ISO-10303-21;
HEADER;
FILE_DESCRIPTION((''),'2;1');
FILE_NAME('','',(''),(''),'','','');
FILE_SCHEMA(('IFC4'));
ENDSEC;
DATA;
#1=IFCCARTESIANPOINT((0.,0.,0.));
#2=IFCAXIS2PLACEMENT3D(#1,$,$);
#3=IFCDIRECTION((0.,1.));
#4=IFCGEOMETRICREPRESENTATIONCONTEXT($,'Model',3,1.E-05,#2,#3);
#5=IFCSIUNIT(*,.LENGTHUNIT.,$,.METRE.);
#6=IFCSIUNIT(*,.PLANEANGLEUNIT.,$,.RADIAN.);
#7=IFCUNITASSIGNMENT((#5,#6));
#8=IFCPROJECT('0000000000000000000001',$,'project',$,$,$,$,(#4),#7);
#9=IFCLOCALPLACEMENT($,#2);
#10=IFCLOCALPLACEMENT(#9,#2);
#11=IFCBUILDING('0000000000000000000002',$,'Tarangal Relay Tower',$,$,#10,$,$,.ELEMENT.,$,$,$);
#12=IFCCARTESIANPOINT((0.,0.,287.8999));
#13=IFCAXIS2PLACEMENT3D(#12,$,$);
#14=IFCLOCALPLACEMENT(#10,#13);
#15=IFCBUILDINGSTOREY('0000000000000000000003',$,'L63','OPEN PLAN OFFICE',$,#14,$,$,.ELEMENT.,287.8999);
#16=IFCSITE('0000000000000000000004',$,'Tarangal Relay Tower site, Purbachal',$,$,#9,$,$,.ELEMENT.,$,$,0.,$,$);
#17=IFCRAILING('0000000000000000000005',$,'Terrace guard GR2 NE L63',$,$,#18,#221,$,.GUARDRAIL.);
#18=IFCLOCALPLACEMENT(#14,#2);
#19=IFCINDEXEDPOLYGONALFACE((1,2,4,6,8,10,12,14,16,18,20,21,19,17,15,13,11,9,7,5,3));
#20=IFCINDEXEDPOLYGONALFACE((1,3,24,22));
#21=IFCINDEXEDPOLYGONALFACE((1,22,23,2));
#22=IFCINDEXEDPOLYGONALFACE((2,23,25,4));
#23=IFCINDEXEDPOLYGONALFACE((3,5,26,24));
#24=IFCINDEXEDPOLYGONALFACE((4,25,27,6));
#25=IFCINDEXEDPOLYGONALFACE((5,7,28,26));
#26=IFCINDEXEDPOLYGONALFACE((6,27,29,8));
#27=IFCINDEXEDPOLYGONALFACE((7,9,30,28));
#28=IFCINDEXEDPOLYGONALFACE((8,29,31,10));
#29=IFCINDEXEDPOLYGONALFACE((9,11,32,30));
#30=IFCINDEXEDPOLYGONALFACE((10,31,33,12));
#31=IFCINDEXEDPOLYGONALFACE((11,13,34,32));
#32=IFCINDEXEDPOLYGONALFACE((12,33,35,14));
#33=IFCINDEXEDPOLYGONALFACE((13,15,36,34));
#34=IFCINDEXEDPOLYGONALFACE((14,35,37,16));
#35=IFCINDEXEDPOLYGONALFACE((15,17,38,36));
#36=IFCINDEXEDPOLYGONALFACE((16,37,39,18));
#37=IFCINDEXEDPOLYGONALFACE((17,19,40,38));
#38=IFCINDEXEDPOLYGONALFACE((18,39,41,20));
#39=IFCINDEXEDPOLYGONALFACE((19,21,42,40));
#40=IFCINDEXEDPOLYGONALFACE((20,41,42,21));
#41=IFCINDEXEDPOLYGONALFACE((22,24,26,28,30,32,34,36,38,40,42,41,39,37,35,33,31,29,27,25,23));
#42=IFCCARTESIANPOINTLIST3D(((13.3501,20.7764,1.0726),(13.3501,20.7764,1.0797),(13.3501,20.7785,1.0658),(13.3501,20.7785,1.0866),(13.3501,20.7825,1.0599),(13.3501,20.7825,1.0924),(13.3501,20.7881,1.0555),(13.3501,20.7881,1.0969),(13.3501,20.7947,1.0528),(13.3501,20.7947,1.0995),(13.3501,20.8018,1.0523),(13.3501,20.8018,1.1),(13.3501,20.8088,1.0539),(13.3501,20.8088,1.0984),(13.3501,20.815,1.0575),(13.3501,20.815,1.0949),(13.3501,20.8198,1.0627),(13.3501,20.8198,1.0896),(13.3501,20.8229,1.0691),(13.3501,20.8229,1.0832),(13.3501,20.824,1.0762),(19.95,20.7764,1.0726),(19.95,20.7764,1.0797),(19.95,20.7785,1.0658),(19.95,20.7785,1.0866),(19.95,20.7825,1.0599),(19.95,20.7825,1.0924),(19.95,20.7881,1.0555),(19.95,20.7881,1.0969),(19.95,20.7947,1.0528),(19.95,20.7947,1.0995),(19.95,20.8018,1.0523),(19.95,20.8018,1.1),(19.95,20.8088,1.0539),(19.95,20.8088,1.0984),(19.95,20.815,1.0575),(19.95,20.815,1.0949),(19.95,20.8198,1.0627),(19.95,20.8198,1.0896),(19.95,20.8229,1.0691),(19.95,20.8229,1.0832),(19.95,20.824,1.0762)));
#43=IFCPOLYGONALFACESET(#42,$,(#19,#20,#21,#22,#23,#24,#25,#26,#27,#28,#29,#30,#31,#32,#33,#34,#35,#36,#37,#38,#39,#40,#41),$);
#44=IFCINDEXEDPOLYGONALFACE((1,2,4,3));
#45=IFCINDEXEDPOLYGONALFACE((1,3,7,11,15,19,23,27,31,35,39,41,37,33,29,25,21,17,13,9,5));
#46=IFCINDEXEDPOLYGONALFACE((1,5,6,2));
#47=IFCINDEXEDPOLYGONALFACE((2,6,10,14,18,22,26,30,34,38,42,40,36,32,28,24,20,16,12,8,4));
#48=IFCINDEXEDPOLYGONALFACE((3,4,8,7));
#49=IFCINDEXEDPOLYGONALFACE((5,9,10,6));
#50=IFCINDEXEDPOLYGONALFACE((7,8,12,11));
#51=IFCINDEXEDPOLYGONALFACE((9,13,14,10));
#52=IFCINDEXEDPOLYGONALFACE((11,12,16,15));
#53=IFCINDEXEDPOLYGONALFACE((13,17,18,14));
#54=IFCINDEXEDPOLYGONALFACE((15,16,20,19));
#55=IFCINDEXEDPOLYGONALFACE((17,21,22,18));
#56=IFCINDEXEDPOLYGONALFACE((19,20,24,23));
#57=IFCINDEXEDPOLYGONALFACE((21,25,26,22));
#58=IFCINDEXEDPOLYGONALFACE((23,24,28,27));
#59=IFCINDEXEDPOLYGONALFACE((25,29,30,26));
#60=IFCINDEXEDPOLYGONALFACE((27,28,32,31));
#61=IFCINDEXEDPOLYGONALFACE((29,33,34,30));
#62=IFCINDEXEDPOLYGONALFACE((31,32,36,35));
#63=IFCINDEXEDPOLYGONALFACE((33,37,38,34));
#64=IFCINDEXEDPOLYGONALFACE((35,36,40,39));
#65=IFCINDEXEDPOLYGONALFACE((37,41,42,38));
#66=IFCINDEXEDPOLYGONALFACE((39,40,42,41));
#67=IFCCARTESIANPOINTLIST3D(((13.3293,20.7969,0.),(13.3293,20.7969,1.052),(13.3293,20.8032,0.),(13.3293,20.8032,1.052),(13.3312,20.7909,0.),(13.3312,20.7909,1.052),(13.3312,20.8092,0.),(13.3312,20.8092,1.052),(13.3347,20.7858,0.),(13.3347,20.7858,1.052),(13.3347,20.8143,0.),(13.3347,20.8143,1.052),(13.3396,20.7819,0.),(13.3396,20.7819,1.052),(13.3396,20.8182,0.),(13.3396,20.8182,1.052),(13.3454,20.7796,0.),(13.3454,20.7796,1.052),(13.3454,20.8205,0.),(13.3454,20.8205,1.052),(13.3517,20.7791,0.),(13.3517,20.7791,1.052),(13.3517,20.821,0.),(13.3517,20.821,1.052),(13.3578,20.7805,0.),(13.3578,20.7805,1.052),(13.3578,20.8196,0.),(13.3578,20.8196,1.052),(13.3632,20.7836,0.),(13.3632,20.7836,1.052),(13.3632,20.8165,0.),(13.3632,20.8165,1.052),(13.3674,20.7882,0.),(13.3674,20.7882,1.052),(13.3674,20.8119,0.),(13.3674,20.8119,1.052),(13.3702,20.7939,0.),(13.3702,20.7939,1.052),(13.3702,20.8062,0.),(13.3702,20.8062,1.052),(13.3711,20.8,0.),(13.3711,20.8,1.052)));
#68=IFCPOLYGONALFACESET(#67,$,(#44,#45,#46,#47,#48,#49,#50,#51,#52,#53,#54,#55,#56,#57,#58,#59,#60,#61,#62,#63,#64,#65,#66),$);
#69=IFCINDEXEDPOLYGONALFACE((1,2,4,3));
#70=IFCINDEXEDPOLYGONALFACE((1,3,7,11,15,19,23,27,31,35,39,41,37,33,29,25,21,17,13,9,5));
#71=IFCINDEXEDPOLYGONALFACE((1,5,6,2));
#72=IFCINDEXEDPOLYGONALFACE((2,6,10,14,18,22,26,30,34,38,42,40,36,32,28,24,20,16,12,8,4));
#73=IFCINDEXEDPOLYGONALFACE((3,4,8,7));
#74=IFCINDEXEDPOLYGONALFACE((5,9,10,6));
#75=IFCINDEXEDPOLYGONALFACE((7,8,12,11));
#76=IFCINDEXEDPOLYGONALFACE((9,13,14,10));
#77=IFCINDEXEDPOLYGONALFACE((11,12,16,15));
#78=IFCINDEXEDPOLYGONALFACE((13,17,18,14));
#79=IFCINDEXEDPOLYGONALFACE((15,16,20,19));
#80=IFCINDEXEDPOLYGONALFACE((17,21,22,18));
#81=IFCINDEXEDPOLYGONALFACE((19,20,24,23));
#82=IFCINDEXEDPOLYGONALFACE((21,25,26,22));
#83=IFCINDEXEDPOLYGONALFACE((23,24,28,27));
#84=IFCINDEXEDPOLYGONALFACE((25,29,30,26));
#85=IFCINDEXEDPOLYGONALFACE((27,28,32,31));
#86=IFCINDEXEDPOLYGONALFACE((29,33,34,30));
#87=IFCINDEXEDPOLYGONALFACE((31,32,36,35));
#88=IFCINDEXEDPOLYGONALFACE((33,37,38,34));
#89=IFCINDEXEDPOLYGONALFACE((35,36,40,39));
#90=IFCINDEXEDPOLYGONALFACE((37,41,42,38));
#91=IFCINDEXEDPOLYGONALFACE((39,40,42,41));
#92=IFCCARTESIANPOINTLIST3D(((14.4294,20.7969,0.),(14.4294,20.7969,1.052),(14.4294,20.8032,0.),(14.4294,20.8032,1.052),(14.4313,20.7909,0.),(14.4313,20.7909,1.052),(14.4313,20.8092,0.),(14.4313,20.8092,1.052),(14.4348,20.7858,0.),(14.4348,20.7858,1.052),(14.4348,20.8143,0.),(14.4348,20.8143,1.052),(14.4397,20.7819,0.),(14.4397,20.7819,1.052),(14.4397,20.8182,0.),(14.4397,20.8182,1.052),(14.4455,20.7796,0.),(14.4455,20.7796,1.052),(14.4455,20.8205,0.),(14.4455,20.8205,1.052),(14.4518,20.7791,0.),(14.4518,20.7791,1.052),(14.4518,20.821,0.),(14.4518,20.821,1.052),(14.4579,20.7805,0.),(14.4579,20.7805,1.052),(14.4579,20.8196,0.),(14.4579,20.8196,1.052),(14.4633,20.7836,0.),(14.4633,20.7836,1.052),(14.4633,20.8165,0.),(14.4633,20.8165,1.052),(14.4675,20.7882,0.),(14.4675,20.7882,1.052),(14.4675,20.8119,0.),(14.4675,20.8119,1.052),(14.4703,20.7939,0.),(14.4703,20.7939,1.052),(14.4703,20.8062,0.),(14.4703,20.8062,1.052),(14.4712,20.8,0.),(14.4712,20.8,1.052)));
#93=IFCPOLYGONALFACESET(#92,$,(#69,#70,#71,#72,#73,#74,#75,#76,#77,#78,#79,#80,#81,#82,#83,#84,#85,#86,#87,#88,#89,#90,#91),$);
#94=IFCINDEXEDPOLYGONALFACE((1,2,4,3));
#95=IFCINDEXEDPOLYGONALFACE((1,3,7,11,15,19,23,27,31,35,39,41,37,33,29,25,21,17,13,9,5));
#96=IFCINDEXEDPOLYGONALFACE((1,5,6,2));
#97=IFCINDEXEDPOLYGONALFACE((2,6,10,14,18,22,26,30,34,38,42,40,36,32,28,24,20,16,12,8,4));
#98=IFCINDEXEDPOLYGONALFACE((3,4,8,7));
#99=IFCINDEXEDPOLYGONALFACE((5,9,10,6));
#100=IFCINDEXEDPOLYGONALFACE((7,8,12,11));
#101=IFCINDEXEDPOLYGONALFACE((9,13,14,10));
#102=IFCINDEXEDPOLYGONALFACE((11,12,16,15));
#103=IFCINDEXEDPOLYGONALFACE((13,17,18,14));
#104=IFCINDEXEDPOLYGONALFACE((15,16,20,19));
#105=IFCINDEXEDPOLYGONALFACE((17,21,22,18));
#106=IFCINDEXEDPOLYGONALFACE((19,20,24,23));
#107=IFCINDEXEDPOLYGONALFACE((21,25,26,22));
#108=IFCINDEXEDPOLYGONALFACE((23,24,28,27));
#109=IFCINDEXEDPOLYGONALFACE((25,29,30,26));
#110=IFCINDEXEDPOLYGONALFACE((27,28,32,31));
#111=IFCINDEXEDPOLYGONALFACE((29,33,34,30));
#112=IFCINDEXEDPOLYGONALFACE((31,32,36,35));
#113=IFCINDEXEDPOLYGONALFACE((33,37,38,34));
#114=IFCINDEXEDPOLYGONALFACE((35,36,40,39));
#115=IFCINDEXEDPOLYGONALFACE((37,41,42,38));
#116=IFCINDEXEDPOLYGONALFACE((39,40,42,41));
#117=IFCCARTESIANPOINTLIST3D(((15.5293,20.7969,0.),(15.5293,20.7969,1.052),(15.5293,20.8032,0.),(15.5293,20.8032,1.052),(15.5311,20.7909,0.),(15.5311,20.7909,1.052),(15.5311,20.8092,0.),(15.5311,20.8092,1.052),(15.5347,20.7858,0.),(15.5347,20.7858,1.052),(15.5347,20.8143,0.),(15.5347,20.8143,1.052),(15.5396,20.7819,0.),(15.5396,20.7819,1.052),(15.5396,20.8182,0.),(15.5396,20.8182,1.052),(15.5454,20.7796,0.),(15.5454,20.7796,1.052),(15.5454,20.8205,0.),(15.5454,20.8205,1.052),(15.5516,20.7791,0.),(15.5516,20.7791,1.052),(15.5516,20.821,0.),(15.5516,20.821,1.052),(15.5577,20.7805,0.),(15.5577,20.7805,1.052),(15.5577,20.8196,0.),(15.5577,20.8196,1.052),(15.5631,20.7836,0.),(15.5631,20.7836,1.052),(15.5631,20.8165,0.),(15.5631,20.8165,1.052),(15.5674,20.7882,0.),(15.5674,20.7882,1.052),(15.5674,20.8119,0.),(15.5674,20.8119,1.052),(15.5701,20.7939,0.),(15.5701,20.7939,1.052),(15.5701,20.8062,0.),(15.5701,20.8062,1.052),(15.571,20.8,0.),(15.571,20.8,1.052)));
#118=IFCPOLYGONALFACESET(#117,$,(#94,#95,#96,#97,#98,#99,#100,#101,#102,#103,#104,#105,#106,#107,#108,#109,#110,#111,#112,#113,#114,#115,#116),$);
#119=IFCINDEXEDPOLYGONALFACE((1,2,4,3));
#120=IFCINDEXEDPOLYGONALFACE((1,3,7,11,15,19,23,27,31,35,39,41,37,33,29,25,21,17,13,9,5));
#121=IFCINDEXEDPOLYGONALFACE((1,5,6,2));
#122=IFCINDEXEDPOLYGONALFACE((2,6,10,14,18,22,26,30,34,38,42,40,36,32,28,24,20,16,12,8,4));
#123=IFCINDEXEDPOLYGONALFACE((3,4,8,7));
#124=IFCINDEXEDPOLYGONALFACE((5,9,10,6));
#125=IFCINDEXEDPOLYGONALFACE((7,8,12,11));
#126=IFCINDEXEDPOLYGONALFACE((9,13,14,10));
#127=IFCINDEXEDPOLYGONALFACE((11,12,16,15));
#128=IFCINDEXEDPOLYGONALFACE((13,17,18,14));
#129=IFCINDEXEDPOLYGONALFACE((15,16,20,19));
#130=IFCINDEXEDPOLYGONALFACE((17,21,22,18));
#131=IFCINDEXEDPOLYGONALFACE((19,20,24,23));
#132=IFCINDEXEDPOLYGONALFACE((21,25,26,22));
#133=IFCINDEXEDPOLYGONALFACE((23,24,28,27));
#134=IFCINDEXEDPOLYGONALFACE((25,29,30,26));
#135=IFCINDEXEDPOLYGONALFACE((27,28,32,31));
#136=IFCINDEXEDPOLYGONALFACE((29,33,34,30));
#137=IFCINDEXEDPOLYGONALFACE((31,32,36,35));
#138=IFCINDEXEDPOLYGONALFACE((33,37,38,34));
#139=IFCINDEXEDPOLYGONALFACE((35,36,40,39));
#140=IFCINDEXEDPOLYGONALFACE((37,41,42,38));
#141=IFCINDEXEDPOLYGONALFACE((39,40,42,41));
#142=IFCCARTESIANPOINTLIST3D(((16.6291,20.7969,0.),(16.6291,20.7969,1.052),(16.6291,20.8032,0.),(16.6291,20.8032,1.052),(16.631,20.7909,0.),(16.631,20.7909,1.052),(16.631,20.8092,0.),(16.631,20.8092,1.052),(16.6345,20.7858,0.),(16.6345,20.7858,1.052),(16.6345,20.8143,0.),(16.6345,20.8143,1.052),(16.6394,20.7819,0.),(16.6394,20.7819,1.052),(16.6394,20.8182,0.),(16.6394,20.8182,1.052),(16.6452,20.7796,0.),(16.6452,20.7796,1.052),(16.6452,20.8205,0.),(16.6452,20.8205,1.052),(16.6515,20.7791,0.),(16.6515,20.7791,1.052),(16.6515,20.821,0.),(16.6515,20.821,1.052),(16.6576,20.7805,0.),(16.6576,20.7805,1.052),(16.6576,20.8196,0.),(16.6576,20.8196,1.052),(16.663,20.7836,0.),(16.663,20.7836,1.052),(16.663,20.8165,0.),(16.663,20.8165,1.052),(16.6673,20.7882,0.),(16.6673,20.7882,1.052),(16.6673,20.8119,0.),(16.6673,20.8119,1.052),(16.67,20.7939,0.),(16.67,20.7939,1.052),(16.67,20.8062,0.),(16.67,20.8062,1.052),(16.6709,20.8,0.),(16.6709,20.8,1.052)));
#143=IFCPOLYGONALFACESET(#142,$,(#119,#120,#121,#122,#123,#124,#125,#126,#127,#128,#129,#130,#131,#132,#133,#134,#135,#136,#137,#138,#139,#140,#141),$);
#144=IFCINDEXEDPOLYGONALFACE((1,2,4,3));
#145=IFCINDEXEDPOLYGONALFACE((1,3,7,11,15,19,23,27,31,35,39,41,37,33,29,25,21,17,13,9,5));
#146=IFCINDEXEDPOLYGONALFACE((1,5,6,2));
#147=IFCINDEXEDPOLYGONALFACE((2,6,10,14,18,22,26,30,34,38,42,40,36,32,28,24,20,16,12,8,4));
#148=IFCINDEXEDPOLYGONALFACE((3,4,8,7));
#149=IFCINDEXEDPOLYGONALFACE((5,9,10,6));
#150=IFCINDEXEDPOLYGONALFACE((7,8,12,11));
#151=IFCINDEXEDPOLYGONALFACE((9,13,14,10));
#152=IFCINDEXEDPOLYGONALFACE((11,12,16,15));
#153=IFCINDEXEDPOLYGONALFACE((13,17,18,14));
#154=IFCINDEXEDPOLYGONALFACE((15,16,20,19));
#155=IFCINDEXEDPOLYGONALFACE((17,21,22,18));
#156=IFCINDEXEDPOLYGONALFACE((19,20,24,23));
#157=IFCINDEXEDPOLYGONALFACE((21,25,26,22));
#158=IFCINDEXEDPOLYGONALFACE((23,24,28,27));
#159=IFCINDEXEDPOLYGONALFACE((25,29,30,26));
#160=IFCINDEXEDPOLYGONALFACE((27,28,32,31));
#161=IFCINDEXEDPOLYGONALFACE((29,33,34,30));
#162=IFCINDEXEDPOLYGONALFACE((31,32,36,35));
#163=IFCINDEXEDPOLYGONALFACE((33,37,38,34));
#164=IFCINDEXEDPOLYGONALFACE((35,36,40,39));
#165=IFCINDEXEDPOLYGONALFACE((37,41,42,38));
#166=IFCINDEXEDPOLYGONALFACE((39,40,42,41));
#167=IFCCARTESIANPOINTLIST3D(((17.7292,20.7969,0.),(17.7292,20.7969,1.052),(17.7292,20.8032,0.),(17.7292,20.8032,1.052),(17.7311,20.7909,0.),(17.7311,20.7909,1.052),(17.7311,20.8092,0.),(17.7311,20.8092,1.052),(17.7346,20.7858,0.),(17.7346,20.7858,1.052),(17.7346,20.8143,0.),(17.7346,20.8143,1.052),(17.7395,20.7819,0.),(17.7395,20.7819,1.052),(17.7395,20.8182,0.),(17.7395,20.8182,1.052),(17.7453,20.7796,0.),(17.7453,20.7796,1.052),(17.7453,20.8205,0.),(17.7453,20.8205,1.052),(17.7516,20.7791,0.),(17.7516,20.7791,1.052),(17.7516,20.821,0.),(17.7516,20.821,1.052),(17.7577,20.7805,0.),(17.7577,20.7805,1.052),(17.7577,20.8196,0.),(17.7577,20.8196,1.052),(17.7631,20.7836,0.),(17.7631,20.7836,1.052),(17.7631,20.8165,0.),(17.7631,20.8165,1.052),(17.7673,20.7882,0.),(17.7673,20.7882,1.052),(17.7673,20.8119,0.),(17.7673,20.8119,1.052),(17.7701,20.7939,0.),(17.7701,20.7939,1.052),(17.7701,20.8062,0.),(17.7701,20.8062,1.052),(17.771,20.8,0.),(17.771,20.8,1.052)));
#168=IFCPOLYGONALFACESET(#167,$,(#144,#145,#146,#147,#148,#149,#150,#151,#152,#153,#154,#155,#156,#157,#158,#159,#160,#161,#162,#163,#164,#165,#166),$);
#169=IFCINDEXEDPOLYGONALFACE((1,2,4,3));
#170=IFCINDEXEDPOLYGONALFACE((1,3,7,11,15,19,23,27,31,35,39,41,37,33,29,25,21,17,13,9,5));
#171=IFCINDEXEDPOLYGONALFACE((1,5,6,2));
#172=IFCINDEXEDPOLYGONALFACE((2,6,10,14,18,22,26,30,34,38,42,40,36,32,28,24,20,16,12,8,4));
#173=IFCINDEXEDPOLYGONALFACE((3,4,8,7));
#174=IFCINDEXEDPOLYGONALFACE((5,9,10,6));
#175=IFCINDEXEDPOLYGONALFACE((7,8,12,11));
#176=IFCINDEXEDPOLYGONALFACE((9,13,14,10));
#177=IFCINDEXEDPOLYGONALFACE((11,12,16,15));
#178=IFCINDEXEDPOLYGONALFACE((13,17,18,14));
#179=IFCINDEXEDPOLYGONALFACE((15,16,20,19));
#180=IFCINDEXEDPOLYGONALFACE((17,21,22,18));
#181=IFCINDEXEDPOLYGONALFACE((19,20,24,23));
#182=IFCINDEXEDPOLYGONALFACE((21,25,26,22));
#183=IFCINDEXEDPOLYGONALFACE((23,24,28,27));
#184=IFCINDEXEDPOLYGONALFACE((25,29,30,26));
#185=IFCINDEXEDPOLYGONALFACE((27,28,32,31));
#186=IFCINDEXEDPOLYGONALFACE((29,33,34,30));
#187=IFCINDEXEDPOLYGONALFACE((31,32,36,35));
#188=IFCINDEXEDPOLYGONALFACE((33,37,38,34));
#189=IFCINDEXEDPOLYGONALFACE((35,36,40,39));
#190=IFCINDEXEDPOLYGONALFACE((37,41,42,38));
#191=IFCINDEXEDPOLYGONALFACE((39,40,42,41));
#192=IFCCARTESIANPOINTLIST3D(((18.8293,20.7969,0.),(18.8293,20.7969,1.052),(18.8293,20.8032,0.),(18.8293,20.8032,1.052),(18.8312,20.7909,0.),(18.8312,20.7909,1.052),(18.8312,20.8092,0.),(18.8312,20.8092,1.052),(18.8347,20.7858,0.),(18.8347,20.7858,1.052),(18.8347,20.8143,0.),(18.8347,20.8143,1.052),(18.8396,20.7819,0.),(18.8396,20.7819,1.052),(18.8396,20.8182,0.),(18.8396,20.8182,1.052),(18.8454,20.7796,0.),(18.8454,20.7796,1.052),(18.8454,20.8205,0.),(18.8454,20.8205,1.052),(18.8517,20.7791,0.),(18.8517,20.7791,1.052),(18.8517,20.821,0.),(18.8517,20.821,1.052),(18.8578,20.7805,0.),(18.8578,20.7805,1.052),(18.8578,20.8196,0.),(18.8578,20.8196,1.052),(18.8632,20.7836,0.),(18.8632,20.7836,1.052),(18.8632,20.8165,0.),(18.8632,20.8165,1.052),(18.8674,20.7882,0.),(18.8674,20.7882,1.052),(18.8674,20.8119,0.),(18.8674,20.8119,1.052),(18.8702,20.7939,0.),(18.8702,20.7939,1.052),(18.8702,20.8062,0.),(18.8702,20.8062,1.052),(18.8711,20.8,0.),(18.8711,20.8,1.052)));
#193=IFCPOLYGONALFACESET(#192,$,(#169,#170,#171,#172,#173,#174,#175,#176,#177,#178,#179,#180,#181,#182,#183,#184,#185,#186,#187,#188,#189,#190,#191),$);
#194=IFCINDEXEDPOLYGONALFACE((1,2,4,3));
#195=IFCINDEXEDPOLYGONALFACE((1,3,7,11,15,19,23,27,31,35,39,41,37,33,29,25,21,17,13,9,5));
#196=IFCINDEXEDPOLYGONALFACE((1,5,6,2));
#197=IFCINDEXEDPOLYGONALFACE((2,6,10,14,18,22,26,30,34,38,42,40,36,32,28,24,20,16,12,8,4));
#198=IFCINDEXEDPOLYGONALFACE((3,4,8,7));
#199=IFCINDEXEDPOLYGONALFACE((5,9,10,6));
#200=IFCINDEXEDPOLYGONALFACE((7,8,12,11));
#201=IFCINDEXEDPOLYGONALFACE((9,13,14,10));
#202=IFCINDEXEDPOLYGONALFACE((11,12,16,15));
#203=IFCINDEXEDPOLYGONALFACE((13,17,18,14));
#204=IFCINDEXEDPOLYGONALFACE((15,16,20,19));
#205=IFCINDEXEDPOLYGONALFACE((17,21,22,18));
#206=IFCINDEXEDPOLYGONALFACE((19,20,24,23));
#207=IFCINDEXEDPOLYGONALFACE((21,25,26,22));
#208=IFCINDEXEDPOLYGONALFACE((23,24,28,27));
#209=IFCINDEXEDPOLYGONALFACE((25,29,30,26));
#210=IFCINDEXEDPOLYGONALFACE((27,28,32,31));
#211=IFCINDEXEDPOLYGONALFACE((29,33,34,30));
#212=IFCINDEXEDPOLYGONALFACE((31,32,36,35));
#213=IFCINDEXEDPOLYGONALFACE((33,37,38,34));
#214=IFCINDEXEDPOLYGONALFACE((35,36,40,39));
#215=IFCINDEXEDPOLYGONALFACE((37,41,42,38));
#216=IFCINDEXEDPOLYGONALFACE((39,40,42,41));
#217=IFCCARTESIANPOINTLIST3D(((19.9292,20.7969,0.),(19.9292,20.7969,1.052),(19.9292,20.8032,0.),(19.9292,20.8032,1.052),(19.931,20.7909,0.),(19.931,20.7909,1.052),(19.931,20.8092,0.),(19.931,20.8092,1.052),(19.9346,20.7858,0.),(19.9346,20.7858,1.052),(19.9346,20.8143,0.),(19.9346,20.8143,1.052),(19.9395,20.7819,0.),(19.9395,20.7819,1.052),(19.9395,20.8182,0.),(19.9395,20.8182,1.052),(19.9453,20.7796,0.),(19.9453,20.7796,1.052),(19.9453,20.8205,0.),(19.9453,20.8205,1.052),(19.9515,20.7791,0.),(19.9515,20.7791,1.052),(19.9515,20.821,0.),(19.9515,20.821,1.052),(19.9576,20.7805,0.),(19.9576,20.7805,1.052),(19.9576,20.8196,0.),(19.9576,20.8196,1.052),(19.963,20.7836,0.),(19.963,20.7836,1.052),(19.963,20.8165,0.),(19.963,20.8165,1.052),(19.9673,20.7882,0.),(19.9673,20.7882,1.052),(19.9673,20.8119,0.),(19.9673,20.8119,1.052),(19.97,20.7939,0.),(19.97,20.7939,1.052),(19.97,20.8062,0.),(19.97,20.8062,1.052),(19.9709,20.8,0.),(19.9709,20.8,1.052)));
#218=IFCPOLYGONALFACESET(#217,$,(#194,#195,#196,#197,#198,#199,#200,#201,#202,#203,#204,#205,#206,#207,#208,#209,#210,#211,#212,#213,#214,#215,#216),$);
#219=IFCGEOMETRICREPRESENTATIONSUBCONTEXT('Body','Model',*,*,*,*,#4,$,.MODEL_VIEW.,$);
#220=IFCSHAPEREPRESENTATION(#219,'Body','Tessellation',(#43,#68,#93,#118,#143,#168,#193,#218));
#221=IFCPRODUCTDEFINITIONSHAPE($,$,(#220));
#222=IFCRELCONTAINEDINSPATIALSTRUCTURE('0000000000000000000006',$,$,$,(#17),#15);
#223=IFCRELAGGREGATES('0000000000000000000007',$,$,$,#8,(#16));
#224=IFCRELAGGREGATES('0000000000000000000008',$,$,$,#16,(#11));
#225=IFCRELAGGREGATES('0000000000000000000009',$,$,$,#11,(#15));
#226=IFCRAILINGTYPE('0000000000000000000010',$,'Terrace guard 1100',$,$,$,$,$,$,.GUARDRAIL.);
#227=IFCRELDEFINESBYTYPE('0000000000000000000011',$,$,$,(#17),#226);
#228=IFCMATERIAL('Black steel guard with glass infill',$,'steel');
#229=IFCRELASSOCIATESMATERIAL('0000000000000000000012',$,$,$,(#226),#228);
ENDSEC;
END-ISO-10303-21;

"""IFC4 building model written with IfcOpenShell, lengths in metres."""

from ifc_helpers import new_model, si_unit, direction, frame, origin, origin_2d, place, context, subcontext, project, spatial, circle, extrude, material, type_object, element, save


model = new_model("IFC4")

# Units and contexts
model_context = context("Model", 3, precision=1e-05, world=origin(), true_north=direction((0.0, 1.0)))
body_context = subcontext(model_context, "Body", "Model", "MODEL_VIEW")
ifc_project = project(units=[si_unit("LENGTHUNIT", "METRE"), si_unit("PLANEANGLEUNIT", "RADIAN")], contexts=[model_context])

# Site, building, storey
site_placement = place(None, origin())
site = spatial("IfcSite", under=ifc_project, at=site_placement, Name="Tarangal Relay Tower site, Purbachal", CompositionType="ELEMENT", RefElevation=0.0)
building_placement = place(site_placement, origin())
building = spatial("IfcBuilding", under=site, at=building_placement, Name="Tarangal Relay Tower", CompositionType="ELEMENT")
storey_placement = place(building_placement, frame((0.0, 0.0, 287.8999)))
storey = spatial("IfcBuildingStorey", under=building, at=storey_placement, Name="L63", Description="OPEN PLAN OFFICE", CompositionType="ELEMENT", Elevation=287.8999)

# Railing
ifc_material_1 = material(Name="Black steel guard with glass infill", Category="steel")
railing_type = type_object("IfcRailingType", Name="Terrace guard 1100", PredefinedType="GUARDRAIL", material=ifc_material_1)
railing_1_placement = place(storey_placement, frame((13.3501, 20.8, 0.0)))
element("IfcRailing", 1, at=railing_1_placement, inside=storey, type_object=railing_type, Name="Terrace guard GR2 NE L63", PredefinedType="GUARDRAIL", context=body_context, shape_type="SweptSolid", body=[
    extrude(circle(Radius=0.0239, at=origin_2d()), frame((0.0, 0.0, 1.0762), z_axis=(1.0, 0.0, 0.0), x_axis=(0.0, 1.0, 0.0)), (0.0, 0.0, 1.0), 6.5999),
    extrude(circle(Radius=0.021, at=origin_2d()), origin(), (0.0, 0.0, 1.0), 1.052),
    extrude(circle(Radius=0.021, at=origin_2d()), frame((1.1001, 0.0, 0.0)), (0.0, 0.0, 1.0), 1.052),
    extrude(circle(Radius=0.021, at=origin_2d()), frame((2.2, 0.0, 0.0)), (0.0, 0.0, 1.0), 1.052),
    extrude(circle(Radius=0.021, at=origin_2d()), frame((3.2998, 0.0, 0.0)), (0.0, 0.0, 1.0), 1.052),
    extrude(circle(Radius=0.021, at=origin_2d()), frame((4.3999, 0.0, 0.0)), (0.0, 0.0, 1.0), 1.052),
    extrude(circle(Radius=0.021, at=origin_2d()), frame((5.5, 0.0, 0.0)), (0.0, 0.0, 1.0), 1.052),
    extrude(circle(Radius=0.021, at=origin_2d()), frame((6.5999, 0.0, 0.0)), (0.0, 0.0, 1.0), 1.052),
])

save(model, "model.ifc")
